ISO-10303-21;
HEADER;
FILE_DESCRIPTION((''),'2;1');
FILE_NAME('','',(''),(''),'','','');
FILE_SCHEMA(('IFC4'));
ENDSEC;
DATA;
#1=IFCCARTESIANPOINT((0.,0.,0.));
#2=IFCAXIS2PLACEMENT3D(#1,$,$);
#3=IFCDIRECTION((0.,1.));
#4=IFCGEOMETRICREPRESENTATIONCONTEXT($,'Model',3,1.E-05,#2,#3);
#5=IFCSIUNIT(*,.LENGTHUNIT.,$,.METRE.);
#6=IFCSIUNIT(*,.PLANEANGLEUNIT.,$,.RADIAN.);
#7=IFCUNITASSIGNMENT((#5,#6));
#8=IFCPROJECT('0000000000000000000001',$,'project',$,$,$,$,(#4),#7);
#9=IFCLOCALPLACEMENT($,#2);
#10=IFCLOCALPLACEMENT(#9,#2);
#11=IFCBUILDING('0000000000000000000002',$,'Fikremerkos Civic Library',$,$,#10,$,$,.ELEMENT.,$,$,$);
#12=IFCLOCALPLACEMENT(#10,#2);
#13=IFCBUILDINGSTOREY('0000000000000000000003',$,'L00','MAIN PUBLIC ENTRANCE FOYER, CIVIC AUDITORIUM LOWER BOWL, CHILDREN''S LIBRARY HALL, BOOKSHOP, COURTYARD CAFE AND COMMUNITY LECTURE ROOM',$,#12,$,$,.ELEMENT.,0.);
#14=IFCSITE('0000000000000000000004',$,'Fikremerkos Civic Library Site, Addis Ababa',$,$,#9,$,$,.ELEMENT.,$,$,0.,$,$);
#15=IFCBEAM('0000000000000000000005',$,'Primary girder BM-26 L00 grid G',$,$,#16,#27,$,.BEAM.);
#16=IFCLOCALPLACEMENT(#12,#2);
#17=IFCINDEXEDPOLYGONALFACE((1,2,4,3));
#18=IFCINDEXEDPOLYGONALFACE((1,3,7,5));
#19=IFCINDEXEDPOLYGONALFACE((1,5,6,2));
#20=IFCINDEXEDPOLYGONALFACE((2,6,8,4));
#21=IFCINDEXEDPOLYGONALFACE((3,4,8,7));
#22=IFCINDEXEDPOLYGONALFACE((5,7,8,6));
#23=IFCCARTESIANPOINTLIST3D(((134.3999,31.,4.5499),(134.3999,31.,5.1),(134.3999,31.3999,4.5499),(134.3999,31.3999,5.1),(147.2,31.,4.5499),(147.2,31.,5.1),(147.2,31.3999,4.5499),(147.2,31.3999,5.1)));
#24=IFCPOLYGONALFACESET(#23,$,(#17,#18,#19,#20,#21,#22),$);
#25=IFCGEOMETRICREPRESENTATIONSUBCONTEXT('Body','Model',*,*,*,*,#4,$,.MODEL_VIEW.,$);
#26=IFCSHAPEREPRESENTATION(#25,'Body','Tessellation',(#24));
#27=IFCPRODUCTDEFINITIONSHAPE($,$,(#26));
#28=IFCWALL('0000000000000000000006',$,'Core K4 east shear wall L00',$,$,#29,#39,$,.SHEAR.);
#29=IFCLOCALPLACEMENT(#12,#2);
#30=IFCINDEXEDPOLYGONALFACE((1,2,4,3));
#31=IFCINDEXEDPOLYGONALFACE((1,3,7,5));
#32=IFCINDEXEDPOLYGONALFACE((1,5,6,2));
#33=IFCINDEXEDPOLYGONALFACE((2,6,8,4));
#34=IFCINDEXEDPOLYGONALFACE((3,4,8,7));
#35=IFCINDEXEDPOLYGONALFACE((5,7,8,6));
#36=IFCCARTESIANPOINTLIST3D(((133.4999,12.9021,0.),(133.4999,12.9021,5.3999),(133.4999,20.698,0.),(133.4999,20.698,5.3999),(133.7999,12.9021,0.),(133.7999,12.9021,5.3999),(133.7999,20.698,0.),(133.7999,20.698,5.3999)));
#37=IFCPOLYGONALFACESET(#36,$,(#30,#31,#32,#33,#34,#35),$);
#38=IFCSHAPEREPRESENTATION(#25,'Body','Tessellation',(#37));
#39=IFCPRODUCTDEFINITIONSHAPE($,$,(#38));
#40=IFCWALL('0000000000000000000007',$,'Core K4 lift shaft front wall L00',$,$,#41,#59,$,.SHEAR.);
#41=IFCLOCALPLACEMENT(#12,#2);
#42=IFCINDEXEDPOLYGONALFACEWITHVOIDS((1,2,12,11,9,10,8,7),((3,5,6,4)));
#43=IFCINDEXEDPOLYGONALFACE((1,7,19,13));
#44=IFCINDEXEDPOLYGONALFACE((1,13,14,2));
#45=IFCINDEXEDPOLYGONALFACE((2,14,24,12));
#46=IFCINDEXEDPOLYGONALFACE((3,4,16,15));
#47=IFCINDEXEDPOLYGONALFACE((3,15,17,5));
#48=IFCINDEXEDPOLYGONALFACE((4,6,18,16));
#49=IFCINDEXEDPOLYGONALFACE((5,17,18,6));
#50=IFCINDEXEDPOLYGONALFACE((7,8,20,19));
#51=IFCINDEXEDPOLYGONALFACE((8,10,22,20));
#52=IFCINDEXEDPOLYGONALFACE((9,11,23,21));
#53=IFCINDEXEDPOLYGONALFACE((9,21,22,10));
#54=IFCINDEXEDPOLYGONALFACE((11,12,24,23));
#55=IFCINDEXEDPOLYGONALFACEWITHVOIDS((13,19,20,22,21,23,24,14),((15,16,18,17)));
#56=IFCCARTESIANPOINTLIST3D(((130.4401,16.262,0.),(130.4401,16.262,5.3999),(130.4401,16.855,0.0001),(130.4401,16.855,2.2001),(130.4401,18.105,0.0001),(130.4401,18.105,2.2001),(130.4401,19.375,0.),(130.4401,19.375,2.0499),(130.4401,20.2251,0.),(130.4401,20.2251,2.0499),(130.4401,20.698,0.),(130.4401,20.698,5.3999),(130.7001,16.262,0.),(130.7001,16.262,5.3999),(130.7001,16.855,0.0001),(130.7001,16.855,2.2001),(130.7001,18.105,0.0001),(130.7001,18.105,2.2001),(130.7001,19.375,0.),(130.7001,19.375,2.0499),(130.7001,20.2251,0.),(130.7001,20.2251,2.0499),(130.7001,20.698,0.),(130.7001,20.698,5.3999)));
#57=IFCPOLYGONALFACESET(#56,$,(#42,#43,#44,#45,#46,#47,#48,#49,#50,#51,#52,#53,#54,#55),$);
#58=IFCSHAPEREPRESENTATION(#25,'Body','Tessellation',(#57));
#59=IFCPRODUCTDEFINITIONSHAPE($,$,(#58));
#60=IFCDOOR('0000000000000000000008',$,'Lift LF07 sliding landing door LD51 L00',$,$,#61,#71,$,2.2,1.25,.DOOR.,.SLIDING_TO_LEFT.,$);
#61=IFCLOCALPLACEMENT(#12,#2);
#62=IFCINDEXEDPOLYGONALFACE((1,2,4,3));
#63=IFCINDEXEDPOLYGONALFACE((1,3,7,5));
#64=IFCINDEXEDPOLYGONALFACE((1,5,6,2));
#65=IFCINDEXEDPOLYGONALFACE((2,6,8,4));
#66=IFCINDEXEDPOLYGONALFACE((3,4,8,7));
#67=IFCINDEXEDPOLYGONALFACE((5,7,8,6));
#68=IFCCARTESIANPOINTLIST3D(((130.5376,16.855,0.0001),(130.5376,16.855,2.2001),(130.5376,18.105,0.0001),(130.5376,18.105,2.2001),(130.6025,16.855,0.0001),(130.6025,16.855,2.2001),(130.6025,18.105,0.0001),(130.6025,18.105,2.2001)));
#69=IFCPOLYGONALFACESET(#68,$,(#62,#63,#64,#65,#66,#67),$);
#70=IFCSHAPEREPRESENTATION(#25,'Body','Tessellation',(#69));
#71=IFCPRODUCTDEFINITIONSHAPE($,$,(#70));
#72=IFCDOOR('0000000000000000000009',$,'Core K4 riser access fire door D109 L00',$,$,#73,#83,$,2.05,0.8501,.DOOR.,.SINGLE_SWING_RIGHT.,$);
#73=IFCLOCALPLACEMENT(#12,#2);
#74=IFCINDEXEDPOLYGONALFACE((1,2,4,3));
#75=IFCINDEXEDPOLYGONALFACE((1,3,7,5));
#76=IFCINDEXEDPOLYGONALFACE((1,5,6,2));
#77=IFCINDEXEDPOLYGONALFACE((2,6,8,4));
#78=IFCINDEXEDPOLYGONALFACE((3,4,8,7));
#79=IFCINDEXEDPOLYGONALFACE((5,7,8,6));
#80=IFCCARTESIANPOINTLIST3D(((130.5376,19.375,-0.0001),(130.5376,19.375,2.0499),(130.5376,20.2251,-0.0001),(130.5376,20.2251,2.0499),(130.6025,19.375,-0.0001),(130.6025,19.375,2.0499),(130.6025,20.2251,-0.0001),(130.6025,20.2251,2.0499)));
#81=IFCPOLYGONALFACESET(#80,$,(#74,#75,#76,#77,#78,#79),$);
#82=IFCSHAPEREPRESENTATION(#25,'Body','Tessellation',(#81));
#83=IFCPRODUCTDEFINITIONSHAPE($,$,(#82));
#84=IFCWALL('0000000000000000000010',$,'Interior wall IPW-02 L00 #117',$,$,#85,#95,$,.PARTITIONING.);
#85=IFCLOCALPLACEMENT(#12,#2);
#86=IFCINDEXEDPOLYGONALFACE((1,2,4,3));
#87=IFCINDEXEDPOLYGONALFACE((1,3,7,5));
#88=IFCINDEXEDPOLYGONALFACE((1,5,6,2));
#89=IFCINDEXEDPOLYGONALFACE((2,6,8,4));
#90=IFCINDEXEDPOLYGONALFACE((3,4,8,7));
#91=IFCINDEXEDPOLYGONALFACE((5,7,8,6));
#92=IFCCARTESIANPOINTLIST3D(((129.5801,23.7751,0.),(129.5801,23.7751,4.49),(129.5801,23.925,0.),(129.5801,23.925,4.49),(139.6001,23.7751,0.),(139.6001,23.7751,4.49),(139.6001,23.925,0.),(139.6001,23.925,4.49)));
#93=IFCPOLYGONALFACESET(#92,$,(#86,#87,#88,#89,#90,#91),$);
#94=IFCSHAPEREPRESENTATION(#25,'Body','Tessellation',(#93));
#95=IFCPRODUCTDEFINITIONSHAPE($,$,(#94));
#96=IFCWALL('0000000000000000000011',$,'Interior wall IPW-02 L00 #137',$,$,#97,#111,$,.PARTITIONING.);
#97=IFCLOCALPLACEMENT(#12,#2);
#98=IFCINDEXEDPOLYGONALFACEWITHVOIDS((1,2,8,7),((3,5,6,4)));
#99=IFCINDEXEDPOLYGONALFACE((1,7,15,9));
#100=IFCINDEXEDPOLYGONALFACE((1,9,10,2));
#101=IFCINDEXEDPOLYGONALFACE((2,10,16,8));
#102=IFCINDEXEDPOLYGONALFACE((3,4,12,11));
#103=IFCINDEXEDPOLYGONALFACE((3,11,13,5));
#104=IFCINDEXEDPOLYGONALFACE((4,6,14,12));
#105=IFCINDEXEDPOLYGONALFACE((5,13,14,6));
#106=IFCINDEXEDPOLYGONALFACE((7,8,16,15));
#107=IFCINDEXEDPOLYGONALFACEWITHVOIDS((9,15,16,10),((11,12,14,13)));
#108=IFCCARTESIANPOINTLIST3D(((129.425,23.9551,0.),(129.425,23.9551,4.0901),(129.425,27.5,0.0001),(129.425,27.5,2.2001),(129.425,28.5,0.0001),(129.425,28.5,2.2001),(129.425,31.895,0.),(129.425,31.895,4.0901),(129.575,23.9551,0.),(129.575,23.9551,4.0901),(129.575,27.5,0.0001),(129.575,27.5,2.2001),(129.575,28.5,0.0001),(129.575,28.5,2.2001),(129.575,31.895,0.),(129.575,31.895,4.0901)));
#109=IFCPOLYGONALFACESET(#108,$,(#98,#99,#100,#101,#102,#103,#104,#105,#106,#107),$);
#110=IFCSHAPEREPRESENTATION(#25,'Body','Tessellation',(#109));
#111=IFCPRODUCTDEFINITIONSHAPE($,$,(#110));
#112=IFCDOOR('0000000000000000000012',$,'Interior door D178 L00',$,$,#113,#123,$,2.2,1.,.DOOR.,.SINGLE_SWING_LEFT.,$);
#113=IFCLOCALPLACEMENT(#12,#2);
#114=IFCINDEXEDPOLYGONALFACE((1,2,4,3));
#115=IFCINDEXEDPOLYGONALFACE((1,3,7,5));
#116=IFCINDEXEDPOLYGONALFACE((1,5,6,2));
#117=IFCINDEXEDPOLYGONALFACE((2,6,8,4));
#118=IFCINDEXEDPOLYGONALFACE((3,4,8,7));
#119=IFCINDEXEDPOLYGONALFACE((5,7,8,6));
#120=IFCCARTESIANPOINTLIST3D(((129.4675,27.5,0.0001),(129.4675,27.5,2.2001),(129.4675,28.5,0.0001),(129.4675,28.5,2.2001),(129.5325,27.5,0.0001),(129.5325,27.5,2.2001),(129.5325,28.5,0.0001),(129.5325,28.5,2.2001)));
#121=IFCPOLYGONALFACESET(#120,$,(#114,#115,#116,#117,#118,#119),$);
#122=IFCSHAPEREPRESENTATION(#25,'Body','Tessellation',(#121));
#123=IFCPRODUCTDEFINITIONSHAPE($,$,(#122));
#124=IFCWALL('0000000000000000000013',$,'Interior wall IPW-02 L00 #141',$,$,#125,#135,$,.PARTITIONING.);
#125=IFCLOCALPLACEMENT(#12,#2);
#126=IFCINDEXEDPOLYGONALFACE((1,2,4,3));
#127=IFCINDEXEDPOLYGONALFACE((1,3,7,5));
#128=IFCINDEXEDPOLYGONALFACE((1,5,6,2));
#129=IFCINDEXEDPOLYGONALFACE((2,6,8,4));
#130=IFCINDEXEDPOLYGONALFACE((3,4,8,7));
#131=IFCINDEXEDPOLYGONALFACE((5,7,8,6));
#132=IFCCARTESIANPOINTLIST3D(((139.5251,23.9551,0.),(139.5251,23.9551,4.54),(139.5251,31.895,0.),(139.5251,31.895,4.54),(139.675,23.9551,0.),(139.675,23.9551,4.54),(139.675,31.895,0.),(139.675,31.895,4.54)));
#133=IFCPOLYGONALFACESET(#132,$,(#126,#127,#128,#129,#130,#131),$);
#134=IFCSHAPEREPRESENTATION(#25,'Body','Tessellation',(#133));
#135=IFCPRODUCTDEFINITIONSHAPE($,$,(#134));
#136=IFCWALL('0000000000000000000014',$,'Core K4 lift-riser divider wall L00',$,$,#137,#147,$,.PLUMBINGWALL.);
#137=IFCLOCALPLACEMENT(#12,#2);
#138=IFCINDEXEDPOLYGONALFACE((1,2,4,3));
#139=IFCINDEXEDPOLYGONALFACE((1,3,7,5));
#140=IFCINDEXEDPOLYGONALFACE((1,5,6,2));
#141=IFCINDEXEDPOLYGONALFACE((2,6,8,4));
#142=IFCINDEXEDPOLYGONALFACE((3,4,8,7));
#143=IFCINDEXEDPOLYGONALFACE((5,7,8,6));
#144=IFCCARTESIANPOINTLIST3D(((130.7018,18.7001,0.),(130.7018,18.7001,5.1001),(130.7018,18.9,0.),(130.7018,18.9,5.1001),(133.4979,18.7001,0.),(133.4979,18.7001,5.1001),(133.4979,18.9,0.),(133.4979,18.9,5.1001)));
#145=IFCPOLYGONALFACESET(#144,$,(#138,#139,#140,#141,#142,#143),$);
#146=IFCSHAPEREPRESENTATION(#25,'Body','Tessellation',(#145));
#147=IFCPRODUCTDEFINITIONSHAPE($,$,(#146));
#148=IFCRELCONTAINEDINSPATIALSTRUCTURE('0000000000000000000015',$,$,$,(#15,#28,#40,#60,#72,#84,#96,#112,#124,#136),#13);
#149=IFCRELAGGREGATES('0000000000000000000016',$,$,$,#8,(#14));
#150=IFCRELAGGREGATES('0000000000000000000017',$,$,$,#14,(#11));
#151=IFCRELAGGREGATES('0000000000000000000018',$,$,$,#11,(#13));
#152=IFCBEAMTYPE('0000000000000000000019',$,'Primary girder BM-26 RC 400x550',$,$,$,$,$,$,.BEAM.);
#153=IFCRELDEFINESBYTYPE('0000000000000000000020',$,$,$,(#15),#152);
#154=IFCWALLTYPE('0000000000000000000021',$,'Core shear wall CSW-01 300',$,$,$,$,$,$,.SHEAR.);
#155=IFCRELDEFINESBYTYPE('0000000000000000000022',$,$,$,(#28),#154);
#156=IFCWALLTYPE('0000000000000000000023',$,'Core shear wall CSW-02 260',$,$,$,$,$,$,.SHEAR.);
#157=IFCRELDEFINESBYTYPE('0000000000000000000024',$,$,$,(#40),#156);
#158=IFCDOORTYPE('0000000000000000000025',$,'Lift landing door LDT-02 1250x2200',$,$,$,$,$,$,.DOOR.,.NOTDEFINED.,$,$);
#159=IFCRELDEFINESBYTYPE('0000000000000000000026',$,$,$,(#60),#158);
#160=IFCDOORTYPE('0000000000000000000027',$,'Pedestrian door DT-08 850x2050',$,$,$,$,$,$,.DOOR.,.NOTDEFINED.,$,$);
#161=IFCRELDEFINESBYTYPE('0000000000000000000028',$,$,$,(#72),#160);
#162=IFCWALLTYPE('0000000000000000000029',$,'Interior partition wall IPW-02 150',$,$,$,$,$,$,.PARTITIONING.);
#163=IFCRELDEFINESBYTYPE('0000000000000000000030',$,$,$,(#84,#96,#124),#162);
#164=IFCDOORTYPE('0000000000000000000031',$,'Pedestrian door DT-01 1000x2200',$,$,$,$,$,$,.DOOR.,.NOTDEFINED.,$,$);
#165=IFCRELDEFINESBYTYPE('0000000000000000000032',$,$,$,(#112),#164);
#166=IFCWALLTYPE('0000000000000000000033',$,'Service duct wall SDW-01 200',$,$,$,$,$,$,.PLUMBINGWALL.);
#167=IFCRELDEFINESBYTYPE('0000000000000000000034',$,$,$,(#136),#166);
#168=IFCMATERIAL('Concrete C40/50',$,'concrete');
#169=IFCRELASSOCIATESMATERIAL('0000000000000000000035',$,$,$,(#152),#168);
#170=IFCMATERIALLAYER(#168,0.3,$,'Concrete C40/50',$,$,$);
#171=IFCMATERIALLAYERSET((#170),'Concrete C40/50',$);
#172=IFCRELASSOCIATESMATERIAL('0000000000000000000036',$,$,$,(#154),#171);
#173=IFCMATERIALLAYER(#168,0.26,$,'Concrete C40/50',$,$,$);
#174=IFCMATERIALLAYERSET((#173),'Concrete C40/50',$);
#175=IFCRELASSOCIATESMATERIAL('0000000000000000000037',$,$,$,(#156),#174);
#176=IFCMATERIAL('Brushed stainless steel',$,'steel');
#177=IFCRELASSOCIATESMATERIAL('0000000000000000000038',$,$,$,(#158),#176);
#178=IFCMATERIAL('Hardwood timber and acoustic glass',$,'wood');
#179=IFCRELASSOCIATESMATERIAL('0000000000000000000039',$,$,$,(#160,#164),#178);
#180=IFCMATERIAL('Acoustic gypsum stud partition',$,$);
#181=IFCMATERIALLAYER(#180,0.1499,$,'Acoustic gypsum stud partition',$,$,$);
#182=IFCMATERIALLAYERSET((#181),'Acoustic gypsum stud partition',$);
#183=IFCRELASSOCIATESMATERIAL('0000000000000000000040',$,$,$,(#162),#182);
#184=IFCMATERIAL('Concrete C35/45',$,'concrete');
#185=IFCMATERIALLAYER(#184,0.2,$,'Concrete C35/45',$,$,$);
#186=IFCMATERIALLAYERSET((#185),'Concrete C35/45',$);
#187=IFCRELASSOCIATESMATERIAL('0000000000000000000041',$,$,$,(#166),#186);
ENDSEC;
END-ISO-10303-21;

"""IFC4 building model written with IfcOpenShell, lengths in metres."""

from ifc_helpers import new_model, si_unit, direction, frame, frame_2d, origin, origin_2d, place, context, subcontext, project, spatial, rectangle, extrude, material, layer, layer_set, material_profile, profile_set, type_object, element, fill, save


model = new_model("IFC4")

# Units and contexts
model_context = context("Model", 3, precision=1e-05, world=origin(), true_north=direction((0.0, 1.0)))
body_context = subcontext(model_context, "Body", "Model", "MODEL_VIEW")
ifc_project = project(units=[si_unit("LENGTHUNIT", "METRE"), si_unit("PLANEANGLEUNIT", "RADIAN")], contexts=[model_context])

# Site, building, storey
site_placement = place(None, origin())
site = spatial("IfcSite", under=ifc_project, at=site_placement, Name="Fikremerkos Civic Library Site, Addis Ababa", CompositionType="ELEMENT", RefElevation=0.0)
building_placement = place(site_placement, origin())
building = spatial("IfcBuilding", under=site, at=building_placement, Name="Fikremerkos Civic Library", CompositionType="ELEMENT")
storey_placement = place(building_placement, origin())
storey = spatial("IfcBuildingStorey", under=building, at=storey_placement, Name="L00", Description="MAIN PUBLIC ENTRANCE FOYER, CIVIC AUDITORIUM LOWER BOWL, CHILDREN'S LIBRARY HALL, BOOKSHOP, COURTYARD CAFE AND COMMUNITY LECTURE ROOM", CompositionType="ELEMENT", Elevation=0.0)

# Shared definitions
ifc_material_1 = material(Name="Concrete C40/50", Category="concrete")

# Beam
ifc_material_profile_1 = material_profile(ifc_material_1, rectangle(XDim=0.3999, YDim=0.55, at=origin_2d()), Name="RC 400x550")
ifc_profile_set_1 = profile_set([ifc_material_profile_1], Name="Concrete C40/50")
beam_type_1 = type_object("IfcBeamType", Name="Primary girder BM-26 RC 400x550", PredefinedType="BEAM", material=ifc_profile_set_1)
beam_1_placement = place(storey_placement, frame((134.3999, 31.2, 4.825), z_axis=(1.0, 0.0, 0.0), x_axis=(0.0, 1.0, 0.0)))
element("IfcBeam", 1, at=beam_1_placement, inside=storey, type_object=beam_type_1, Name="Primary girder BM-26 L00 grid G", PredefinedType="BEAM", context=body_context, shape_type="SweptSolid", body=[
    extrude(rectangle(XDim=0.3999, YDim=0.55, at=origin_2d()), origin(), (0.0, 0.0, 1.0), 12.8),
])

# Wall
ifc_layer_1 = layer(ifc_material_1, 0.3, Name="Concrete C40/50")
ifc_layer_set_1 = layer_set([ifc_layer_1], Name="Concrete C40/50")
wall_type_1 = type_object("IfcWallType", Name="Core shear wall CSW-01 300", PredefinedType="SHEAR", material=ifc_layer_set_1)
wall_1_placement = place(storey_placement, frame((133.6499, 20.698, 0.0), z_axis=(0.0, 0.0, 1.0), x_axis=(0.0, -1.0, 0.0)))
element("IfcWall", 2, at=wall_1_placement, inside=storey, type_object=wall_type_1, Name="Core K4 east shear wall L00", PredefinedType="SHEAR", context=body_context, shape_type="SweptSolid", body=[
    extrude(rectangle(XDim=7.7959, YDim=0.3, at=frame_2d((3.8979, 0.0))), origin(), (0.0, 0.0, 1.0), 5.3999),
])

# Wall, openings, doors
ifc_layer_2 = layer(ifc_material_1, 0.26, Name="Concrete C40/50")
ifc_layer_set_2 = layer_set([ifc_layer_2], Name="Concrete C40/50")
wall_type_2 = type_object("IfcWallType", Name="Core shear wall CSW-02 260", PredefinedType="SHEAR", material=ifc_layer_set_2)
wall_2_placement = place(storey_placement, frame((130.5701, 16.262, 0.0), z_axis=(0.0, 0.0, 1.0), x_axis=(0.0, 1.0, 0.0)))
wall_2 = element("IfcWall", 3, at=wall_2_placement, inside=storey, type_object=wall_type_2, Name="Core K4 lift shaft front wall L00", PredefinedType="SHEAR", context=body_context, shape_type="SweptSolid", body=[
    extrude(rectangle(XDim=4.436, YDim=0.26, at=frame_2d((2.218, 0.0))), origin(), (0.0, 0.0, 1.0), 5.3999),
])
opening_1_placement = place(wall_2_placement, frame((3.113, 0.0, 0.0)))
opening_1 = element("IfcOpeningElement", 4, at=opening_1_placement, cuts=wall_2, PredefinedType="OPENING", context=body_context, shape_type="SweptSolid", body=[
    extrude(rectangle(XDim=0.8501, YDim=2.05, at=frame_2d((0.425, 1.0249))), frame((0.0, 0.1399, 0.0), z_axis=(0.0, -1.0, 0.0), x_axis=(1.0, 0.0, 0.0)), (0.0, 0.0, 1.0), 0.28),
])
opening_2_placement = place(wall_2_placement, frame((0.593, 0.0, 0.0)))
opening_2 = element("IfcOpeningElement", 5, at=opening_2_placement, cuts=wall_2, PredefinedType="OPENING", context=body_context, shape_type="SweptSolid", body=[
    extrude(rectangle(XDim=1.25, YDim=2.2, at=frame_2d((0.625, 1.1001))), frame((0.0, 0.1399, 0.0), z_axis=(0.0, -1.0, 0.0), x_axis=(1.0, 0.0, 0.0)), (0.0, 0.0, 1.0), 0.28),
])
ifc_material_2 = material(Name="Brushed stainless steel", Category="steel")
door_type_1 = type_object("IfcDoorType", Name="Lift landing door LDT-02 1250x2200", OperationType="NOTDEFINED", PredefinedType="DOOR", material=ifc_material_2)
door_1_placement = place(opening_2_placement, origin())
door_1 = element("IfcDoor", 6, at=door_1_placement, inside=storey, type_object=door_type_1, Name="Lift LF07 sliding landing door LD51 L00", OperationType="SLIDING_TO_LEFT", OverallHeight=2.2, OverallWidth=1.25, PredefinedType="DOOR", context=body_context, shape_type="SweptSolid", body=[
    extrude(rectangle(XDim=1.25, YDim=2.2, at=frame_2d((0.625, 1.1001))), frame((0.0, 0.0325, 0.0), z_axis=(0.0, -1.0, 0.0), x_axis=(1.0, 0.0, 0.0)), (0.0, 0.0, 1.0), 0.0649),
])
fill(opening_2, door_1)
ifc_material_3 = material(Name="Hardwood timber and acoustic glass", Category="wood")
door_type_2 = type_object("IfcDoorType", Name="Pedestrian door DT-08 850x2050", OperationType="NOTDEFINED", PredefinedType="DOOR", material=ifc_material_3)
door_2_placement = place(opening_1_placement, origin())
door_2 = element("IfcDoor", 7, at=door_2_placement, inside=storey, type_object=door_type_2, Name="Core K4 riser access fire door D109 L00", OperationType="SINGLE_SWING_RIGHT", OverallHeight=2.05, OverallWidth=0.8501, PredefinedType="DOOR", context=body_context, shape_type="SweptSolid", body=[
    extrude(rectangle(XDim=0.8501, YDim=2.05, at=frame_2d((0.425, 1.0249))), frame((0.0, 0.0325, 0.0), z_axis=(0.0, -1.0, 0.0), x_axis=(1.0, 0.0, 0.0)), (0.0, 0.0, 1.0), 0.0649),
])
fill(opening_1, door_2)

# Wall
ifc_material_4 = material(Name="Acoustic gypsum stud partition")
ifc_layer_3 = layer(ifc_material_4, 0.1499, Name="Acoustic gypsum stud partition")
ifc_layer_set_3 = layer_set([ifc_layer_3], Name="Acoustic gypsum stud partition")
wall_type_3 = type_object("IfcWallType", Name="Interior partition wall IPW-02 150", PredefinedType="PARTITIONING", material=ifc_layer_set_3)
wall_3_placement = place(storey_placement, frame((129.5801, 23.8501, 0.0), z_axis=(0.0, 0.0, 1.0), x_axis=(1.0, 0.0, 0.0)))
element("IfcWall", 8, at=wall_3_placement, inside=storey, type_object=wall_type_3, Name="Interior wall IPW-02 L00 #117", PredefinedType="PARTITIONING", context=body_context, shape_type="SweptSolid", body=[
    extrude(rectangle(XDim=10.02, YDim=0.1499, at=frame_2d((5.01, 0.0))), origin(), (0.0, 0.0, 1.0), 4.49),
])

# Wall, opening, door
wall_4_placement = place(storey_placement, frame((129.5, 23.9551, 0.0), z_axis=(0.0, 0.0, 1.0), x_axis=(0.0, 1.0, 0.0)))
wall_4 = element("IfcWall", 9, at=wall_4_placement, inside=storey, type_object=wall_type_3, Name="Interior wall IPW-02 L00 #137", PredefinedType="PARTITIONING", context=body_context, shape_type="SweptSolid", body=[
    extrude(rectangle(XDim=7.9399, YDim=0.1499, at=frame_2d((3.97, 0.0))), origin(), (0.0, 0.0, 1.0), 4.0901),
])
opening_3_placement = place(wall_4_placement, frame((3.5449, 0.0, 0.0)))
opening_3 = element("IfcOpeningElement", 10, at=opening_3_placement, cuts=wall_4, PredefinedType="OPENING", context=body_context, shape_type="SweptSolid", body=[
    extrude(rectangle(XDim=1.0, YDim=2.2, at=frame_2d((0.5, 1.1001))), frame((0.0, 0.085, 0.0), z_axis=(0.0, -1.0, 0.0), x_axis=(1.0, 0.0, 0.0)), (0.0, 0.0, 1.0), 0.1699),
])
door_type_3 = type_object("IfcDoorType", Name="Pedestrian door DT-01 1000x2200", OperationType="NOTDEFINED", PredefinedType="DOOR", material=ifc_material_3)
door_3_placement = place(opening_3_placement, origin())
door_3 = element("IfcDoor", 11, at=door_3_placement, inside=storey, type_object=door_type_3, Name="Interior door D178 L00", OperationType="SINGLE_SWING_LEFT", OverallHeight=2.2, OverallWidth=1.0, PredefinedType="DOOR", context=body_context, shape_type="SweptSolid", body=[
    extrude(rectangle(XDim=1.0, YDim=2.2, at=frame_2d((0.5, 1.1001))), frame((0.0, 0.0325, 0.0), z_axis=(0.0, -1.0, 0.0), x_axis=(1.0, 0.0, 0.0)), (0.0, 0.0, 1.0), 0.0649),
])
fill(opening_3, door_3)

# Walls
wall_5_placement = place(storey_placement, frame((139.6001, 23.9551, 0.0), z_axis=(0.0, 0.0, 1.0), x_axis=(0.0, 1.0, 0.0)))
element("IfcWall", 12, at=wall_5_placement, inside=storey, type_object=wall_type_3, Name="Interior wall IPW-02 L00 #141", PredefinedType="PARTITIONING", context=body_context, shape_type="SweptSolid", body=[
    extrude(rectangle(XDim=7.9399, YDim=0.1499, at=frame_2d((3.97, 0.0))), origin(), (0.0, 0.0, 1.0), 4.54),
])
ifc_material_5 = material(Name="Concrete C35/45", Category="concrete")
ifc_layer_4 = layer(ifc_material_5, 0.2, Name="Concrete C35/45")
ifc_layer_set_4 = layer_set([ifc_layer_4], Name="Concrete C35/45")
wall_type_4 = type_object("IfcWallType", Name="Service duct wall SDW-01 200", PredefinedType="PLUMBINGWALL", material=ifc_layer_set_4)
wall_6_placement = place(storey_placement, frame((130.7019, 18.8, 0.0), z_axis=(0.0, 0.0, 1.0), x_axis=(1.0, 0.0, 0.0)))
element("IfcWall", 13, at=wall_6_placement, inside=storey, type_object=wall_type_4, Name="Core K4 lift-riser divider wall L00", PredefinedType="PLUMBINGWALL", context=body_context, shape_type="SweptSolid", body=[
    extrude(rectangle(XDim=2.7961, YDim=0.2, at=frame_2d((1.3979, 0.0))), origin(), (0.0, 0.0, 1.0), 5.1001),
])

save(model, "model.ifc")
